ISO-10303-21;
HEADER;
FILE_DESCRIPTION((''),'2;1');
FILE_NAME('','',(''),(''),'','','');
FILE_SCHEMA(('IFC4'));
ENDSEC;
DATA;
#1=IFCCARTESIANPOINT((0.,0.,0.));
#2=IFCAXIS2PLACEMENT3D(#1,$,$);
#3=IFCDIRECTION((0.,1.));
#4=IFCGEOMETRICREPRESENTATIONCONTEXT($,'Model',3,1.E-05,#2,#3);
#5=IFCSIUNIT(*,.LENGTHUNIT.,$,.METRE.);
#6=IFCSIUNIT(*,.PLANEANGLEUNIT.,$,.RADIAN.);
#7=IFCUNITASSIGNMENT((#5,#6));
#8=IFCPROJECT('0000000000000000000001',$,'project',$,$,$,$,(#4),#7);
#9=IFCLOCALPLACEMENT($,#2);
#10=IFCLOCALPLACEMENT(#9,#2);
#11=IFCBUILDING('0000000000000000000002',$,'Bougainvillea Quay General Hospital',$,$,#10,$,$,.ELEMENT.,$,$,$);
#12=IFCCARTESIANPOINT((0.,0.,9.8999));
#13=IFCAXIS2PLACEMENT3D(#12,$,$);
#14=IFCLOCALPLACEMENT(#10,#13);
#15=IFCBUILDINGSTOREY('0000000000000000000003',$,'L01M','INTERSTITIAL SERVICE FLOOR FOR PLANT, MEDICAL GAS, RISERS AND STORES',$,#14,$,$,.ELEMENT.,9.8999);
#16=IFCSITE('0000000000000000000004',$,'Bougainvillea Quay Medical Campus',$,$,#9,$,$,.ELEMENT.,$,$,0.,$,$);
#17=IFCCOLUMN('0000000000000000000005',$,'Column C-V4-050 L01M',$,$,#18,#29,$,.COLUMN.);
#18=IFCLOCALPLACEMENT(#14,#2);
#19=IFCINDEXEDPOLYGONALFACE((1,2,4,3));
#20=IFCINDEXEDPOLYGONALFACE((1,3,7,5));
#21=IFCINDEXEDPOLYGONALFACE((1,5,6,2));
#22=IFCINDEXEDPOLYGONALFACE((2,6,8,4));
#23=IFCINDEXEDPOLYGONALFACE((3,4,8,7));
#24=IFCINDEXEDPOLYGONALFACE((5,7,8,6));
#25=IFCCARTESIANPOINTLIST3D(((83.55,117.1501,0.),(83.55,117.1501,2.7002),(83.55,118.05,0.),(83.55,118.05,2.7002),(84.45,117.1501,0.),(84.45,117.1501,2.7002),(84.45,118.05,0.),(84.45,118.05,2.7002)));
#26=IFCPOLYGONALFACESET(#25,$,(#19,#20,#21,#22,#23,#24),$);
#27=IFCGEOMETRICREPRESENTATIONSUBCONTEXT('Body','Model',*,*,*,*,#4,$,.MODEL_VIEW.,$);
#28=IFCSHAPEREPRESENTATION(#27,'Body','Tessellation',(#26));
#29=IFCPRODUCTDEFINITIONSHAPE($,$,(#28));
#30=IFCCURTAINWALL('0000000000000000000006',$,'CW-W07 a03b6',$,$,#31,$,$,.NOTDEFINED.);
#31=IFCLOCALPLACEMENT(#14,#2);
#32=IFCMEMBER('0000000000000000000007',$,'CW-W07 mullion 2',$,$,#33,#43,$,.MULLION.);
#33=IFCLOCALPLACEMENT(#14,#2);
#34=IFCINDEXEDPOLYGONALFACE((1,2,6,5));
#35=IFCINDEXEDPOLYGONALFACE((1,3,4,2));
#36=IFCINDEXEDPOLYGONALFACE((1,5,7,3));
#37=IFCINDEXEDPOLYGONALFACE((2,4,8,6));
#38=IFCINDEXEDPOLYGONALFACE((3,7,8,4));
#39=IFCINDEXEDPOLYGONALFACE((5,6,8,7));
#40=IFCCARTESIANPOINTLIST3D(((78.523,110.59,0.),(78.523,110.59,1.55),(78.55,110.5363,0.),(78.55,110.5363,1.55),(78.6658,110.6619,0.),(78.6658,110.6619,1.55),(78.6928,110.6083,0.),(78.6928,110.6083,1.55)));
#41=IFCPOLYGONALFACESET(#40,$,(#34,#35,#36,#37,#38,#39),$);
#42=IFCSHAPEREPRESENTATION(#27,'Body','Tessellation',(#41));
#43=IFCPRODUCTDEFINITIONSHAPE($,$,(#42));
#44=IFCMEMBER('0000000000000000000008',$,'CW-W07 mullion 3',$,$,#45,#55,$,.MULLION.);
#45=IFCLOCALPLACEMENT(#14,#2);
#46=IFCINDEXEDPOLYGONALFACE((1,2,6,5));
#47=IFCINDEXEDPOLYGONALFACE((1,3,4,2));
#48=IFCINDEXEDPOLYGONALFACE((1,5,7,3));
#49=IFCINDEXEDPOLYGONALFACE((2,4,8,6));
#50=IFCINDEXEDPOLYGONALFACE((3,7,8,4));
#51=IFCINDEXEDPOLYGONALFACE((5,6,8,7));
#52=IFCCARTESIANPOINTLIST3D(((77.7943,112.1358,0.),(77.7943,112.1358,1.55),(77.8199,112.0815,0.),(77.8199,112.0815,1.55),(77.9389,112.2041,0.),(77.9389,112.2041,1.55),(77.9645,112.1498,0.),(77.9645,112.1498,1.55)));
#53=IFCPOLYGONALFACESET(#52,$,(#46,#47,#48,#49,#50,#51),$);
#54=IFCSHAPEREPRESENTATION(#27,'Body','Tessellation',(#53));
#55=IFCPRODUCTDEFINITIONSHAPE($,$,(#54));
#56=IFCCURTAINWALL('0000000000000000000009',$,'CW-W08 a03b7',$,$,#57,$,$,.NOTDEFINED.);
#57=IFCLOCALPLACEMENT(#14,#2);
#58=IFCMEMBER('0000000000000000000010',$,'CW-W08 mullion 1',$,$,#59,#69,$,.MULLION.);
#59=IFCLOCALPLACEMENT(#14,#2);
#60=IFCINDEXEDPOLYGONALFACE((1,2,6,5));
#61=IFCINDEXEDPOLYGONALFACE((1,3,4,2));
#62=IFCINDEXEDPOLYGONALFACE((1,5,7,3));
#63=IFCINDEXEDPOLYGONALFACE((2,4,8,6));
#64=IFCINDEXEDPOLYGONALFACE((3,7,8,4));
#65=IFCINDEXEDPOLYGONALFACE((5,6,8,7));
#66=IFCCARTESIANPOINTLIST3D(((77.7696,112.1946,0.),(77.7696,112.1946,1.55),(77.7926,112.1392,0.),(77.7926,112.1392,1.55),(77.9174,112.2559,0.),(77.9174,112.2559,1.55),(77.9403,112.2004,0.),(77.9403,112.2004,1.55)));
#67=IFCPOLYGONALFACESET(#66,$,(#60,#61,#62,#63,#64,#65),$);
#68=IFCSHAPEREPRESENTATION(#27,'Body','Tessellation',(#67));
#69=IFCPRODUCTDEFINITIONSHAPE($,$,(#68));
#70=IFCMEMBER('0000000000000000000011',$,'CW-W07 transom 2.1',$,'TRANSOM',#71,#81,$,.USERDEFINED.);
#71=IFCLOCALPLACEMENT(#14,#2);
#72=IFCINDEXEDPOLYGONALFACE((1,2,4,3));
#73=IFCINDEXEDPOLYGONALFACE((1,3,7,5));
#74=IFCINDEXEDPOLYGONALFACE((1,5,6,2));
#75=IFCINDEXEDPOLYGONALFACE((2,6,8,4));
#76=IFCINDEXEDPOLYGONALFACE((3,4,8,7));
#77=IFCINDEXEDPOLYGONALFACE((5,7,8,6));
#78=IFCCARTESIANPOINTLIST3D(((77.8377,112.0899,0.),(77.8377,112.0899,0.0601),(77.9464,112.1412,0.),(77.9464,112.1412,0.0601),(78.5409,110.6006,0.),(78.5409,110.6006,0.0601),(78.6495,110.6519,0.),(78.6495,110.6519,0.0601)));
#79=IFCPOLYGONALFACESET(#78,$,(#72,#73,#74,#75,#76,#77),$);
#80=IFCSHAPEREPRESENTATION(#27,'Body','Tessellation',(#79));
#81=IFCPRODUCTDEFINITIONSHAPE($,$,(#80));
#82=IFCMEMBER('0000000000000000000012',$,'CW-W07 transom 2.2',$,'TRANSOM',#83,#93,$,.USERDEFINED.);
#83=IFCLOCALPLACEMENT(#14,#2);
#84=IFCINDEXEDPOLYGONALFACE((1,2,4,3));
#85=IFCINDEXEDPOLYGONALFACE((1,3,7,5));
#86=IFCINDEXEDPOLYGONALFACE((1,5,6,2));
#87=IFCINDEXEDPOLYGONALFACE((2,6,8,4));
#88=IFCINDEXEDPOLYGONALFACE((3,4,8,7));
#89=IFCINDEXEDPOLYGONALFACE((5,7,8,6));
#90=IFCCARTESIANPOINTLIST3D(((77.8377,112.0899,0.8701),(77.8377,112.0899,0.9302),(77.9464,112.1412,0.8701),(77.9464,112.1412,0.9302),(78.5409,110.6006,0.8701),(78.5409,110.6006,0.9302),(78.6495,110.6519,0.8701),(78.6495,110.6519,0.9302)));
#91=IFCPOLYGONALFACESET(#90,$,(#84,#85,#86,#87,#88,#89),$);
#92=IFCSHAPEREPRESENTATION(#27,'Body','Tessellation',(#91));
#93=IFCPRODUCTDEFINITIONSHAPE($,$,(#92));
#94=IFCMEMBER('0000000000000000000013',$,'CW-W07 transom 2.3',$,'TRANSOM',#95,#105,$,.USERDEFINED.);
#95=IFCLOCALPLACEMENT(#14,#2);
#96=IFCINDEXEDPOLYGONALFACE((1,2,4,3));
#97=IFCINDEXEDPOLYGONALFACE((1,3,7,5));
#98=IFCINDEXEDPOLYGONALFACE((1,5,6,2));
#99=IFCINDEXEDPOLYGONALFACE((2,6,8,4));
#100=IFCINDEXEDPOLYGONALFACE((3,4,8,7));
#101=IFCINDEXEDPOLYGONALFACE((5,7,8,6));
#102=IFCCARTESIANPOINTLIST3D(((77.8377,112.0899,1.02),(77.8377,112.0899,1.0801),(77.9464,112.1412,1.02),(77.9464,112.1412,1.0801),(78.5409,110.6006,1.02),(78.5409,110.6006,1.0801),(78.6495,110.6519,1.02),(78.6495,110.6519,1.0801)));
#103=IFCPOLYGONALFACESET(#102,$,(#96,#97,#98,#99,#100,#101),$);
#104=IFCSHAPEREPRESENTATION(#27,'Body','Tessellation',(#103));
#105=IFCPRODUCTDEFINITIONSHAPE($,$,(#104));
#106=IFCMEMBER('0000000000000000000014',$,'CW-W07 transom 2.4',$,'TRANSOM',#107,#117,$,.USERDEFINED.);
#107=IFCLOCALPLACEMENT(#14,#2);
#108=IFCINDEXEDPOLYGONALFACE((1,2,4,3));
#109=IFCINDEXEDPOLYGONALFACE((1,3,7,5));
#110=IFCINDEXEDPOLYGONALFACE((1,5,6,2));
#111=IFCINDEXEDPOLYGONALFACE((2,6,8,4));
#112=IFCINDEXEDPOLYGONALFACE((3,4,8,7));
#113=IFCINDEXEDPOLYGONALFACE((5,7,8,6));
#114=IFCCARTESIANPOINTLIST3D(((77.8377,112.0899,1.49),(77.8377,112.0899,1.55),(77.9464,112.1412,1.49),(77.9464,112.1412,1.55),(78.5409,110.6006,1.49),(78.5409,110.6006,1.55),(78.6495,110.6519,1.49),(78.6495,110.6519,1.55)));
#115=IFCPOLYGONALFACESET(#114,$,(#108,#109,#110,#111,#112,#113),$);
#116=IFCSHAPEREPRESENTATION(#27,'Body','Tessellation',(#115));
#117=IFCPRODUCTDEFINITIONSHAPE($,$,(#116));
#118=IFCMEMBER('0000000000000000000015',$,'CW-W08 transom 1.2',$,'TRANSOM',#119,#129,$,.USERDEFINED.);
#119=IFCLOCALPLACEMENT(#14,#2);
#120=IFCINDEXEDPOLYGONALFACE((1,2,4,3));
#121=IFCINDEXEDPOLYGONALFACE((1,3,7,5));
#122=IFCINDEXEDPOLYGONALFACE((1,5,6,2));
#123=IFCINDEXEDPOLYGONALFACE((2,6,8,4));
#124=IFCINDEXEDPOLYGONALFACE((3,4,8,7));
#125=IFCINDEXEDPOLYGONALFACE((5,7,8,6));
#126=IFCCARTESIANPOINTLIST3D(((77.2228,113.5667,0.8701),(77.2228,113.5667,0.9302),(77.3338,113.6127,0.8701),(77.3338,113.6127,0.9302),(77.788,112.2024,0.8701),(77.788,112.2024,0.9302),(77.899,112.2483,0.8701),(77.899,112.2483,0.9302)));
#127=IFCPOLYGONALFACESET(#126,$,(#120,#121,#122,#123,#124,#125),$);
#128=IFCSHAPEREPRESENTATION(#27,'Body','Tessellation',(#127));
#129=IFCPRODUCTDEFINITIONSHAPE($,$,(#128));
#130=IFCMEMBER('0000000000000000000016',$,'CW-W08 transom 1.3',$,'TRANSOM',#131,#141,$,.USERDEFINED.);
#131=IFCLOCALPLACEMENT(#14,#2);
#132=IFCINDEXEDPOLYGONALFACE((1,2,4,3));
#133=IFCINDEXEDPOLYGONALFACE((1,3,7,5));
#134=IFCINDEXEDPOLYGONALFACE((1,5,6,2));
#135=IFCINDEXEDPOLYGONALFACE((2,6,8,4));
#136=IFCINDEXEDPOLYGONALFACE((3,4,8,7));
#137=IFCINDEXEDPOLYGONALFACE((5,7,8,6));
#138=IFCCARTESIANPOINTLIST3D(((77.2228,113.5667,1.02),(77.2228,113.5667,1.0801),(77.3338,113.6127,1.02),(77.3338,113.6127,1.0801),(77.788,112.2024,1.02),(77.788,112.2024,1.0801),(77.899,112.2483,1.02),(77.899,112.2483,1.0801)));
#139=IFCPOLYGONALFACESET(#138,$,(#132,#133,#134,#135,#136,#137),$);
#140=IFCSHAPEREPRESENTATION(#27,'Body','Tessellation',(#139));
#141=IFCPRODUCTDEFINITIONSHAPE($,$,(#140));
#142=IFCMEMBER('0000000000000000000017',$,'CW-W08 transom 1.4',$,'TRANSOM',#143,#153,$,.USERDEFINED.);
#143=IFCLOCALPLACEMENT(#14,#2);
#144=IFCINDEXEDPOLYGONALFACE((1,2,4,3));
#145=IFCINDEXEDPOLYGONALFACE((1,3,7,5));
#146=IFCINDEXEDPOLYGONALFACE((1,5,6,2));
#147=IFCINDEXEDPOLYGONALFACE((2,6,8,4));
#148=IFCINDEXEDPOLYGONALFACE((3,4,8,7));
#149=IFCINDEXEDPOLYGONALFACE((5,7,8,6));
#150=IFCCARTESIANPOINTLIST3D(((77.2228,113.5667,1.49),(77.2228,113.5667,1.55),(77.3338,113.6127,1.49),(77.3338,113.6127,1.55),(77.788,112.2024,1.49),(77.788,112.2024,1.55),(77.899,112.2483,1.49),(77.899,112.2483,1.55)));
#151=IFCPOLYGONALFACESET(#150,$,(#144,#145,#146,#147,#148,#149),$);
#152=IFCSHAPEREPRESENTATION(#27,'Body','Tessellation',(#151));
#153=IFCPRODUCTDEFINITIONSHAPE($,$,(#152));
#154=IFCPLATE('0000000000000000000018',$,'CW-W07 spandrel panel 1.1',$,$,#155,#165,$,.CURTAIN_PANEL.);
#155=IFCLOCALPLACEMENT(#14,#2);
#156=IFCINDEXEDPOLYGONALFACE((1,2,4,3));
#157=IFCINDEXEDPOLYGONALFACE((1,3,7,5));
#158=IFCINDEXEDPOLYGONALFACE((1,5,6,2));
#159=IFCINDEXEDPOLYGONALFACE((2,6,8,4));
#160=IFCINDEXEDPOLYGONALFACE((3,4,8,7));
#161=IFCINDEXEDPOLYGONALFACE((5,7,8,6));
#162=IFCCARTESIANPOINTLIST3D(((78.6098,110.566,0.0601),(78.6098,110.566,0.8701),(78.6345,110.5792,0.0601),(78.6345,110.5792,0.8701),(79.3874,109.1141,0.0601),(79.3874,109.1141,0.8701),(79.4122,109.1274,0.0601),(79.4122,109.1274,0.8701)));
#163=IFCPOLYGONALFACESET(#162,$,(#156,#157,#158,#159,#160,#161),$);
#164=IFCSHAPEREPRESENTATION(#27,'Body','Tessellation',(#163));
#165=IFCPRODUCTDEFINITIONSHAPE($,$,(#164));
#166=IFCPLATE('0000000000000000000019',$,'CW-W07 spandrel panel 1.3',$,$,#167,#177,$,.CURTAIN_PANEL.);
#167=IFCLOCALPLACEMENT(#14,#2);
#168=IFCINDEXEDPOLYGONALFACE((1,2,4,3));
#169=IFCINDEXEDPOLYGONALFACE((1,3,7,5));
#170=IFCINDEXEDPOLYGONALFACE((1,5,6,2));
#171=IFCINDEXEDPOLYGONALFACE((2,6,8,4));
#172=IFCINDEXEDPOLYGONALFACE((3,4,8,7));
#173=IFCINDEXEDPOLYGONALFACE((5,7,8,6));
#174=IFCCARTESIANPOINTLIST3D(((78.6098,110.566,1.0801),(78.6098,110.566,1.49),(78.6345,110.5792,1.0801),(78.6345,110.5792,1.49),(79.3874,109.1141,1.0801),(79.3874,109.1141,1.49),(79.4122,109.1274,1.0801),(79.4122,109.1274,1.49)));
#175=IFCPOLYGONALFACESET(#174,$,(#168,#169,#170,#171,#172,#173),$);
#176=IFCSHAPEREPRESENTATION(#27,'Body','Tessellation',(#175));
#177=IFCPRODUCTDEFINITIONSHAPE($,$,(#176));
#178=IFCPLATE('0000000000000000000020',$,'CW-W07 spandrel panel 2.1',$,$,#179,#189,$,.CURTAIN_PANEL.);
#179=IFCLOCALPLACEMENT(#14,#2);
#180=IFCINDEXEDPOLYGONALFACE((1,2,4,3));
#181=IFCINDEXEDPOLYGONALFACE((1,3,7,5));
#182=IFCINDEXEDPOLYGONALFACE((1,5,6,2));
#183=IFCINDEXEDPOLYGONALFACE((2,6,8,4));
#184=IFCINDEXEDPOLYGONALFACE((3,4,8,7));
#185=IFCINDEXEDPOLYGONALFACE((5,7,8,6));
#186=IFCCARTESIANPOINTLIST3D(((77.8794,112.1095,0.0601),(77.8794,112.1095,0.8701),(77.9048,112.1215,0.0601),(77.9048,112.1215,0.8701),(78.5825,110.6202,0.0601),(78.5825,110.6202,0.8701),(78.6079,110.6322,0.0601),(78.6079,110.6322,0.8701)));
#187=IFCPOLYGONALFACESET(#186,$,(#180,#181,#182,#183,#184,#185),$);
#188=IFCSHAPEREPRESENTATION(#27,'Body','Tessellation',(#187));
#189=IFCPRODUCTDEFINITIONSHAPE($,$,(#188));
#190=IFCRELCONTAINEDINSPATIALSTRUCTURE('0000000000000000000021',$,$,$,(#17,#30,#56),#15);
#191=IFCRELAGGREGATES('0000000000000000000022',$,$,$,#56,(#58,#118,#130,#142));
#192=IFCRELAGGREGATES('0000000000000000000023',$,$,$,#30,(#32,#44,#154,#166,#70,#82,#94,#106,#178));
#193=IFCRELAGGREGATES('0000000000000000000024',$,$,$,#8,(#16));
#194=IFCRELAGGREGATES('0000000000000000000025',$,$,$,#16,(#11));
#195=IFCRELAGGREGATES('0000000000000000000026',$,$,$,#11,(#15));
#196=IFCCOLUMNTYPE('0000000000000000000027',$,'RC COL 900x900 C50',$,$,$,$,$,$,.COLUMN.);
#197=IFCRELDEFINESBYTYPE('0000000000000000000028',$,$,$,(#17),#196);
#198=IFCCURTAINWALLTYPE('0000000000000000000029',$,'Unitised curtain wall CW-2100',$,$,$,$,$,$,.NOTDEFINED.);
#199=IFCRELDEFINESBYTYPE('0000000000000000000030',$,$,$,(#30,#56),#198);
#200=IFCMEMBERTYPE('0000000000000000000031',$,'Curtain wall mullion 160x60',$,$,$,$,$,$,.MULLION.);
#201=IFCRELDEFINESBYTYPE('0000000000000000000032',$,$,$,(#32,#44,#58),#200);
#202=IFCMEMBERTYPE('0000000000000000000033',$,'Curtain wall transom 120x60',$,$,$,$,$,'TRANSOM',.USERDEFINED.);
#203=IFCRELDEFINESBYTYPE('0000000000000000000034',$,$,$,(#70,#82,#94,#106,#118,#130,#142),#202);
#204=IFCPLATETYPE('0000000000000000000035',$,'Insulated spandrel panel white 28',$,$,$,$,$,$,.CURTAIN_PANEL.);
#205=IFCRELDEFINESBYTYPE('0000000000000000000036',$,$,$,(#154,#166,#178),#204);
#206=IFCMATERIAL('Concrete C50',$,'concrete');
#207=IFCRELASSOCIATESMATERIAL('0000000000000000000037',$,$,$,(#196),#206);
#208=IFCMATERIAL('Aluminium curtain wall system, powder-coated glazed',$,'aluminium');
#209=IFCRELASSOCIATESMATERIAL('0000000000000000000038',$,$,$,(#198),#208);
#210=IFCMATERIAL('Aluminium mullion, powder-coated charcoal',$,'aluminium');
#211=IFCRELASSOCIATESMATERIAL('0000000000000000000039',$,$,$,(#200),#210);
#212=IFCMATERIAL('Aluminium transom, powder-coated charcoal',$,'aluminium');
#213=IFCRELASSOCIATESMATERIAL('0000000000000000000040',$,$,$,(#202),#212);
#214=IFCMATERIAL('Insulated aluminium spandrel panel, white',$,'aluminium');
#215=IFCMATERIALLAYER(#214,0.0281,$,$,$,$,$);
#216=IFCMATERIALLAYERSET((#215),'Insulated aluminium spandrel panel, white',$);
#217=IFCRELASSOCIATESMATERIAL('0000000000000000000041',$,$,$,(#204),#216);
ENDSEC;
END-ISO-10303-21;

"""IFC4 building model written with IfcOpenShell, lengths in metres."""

from ifc_helpers import new_model, si_unit, direction, frame, origin, origin_2d, place, context, subcontext, project, spatial, rectangle, extrude, material, layer, layer_set, material_profile, profile_set, type_object, element, aggregate, save


model = new_model("IFC4")

# Units and contexts
model_context = context("Model", 3, precision=1e-05, world=origin(), true_north=direction((0.0, 1.0)))
body_context = subcontext(model_context, "Body", "Model", "MODEL_VIEW")
ifc_project = project(units=[si_unit("LENGTHUNIT", "METRE"), si_unit("PLANEANGLEUNIT", "RADIAN")], contexts=[model_context])

# Site, building, storey
site_placement = place(None, origin())
site = spatial("IfcSite", under=ifc_project, at=site_placement, Name="Bougainvillea Quay Medical Campus", CompositionType="ELEMENT", RefElevation=0.0)
building_placement = place(site_placement, origin())
building = spatial("IfcBuilding", under=site, at=building_placement, Name="Bougainvillea Quay General Hospital", CompositionType="ELEMENT")
storey_placement = place(building_placement, frame((0.0, 0.0, 9.8999)))
storey = spatial("IfcBuildingStorey", under=building, at=storey_placement, Name="L01M", Description="INTERSTITIAL SERVICE FLOOR FOR PLANT, MEDICAL GAS, RISERS AND STORES", CompositionType="ELEMENT", Elevation=9.8999)

# Column
ifc_material_1 = material(Name="Concrete C50", Category="concrete")
ifc_material_profile_1 = material_profile(ifc_material_1, rectangle(XDim=0.8999, YDim=0.8999, at=origin_2d()))
ifc_profile_set_1 = profile_set([ifc_material_profile_1], Name="Concrete C50")
column_type = type_object("IfcColumnType", Name="RC COL 900x900 C50", PredefinedType="COLUMN", material=ifc_profile_set_1)
column_placement = place(storey_placement, frame((84.0, 117.6001, 0.0), z_axis=(0.0, 0.0, 1.0), x_axis=(1.0, 0.0, 0.0)))
element("IfcColumn", 1, at=column_placement, inside=storey, type_object=column_type, Name="Column C-V4-050 L01M", PredefinedType="COLUMN", context=body_context, shape_type="SweptSolid", body=[
    extrude(rectangle(XDim=0.8999, YDim=0.8999, at=origin_2d()), origin(), (0.0, 0.0, 1.0), 2.7002),
])

# Curtain wall, members
ifc_material_2 = material(Name="Aluminium curtain wall system, powder-coated glazed", Category="aluminium")
curtain_wall_type = type_object("IfcCurtainWallType", Name="Unitised curtain wall CW-2100", PredefinedType="NOTDEFINED", material=ifc_material_2)
curtain_wall_1_placement = place(storey_placement, origin())
curtain_wall_1 = element("IfcCurtainWall", 2, at=curtain_wall_1_placement, inside=storey, type_object=curtain_wall_type, Name="CW-W07 a03b6", PredefinedType="NOTDEFINED")
ifc_material_3 = material(Name="Aluminium mullion, powder-coated charcoal", Category="aluminium")
ifc_material_profile_2 = material_profile(ifc_material_3, rectangle(XDim=0.1599, YDim=0.0601, at=origin_2d()))
ifc_profile_set_2 = profile_set([ifc_material_profile_2], Name="Aluminium mullion, powder-coated charcoal")
member_type_1 = type_object("IfcMemberType", Name="Curtain wall mullion 160x60", PredefinedType="MULLION", material=ifc_profile_set_2)
member_1_placement = place(storey_placement, frame((78.6079, 110.5991, 0.0), z_axis=(0.0, 0.0, 1.0), x_axis=(-0.893199, -0.449662, 0.0)))
member_1 = element("IfcMember", 3, at=member_1_placement, type_object=member_type_1, Name="CW-W07 mullion 2", PredefinedType="MULLION", context=body_context, shape_type="SweptSolid", body=[
    extrude(rectangle(XDim=0.1599, YDim=0.0601, at=origin_2d()), origin(), (0.0, 0.0, 1.0), 1.55),
])
member_2_placement = place(storey_placement, frame((77.8794, 112.1428, 0.0), z_axis=(0.0, 0.0, 1.0), x_axis=(-0.904314, -0.426869, 0.0)))
member_2 = element("IfcMember", 4, at=member_2_placement, type_object=member_type_1, Name="CW-W07 mullion 3", PredefinedType="MULLION", context=body_context, shape_type="SweptSolid", body=[
    extrude(rectangle(XDim=0.1599, YDim=0.0601, at=origin_2d()), origin(), (0.0, 0.0, 1.0), 1.55),
])

# Curtain wall, member
curtain_wall_2_placement = place(storey_placement, origin())
curtain_wall_2 = element("IfcCurtainWall", 5, at=curtain_wall_2_placement, inside=storey, type_object=curtain_wall_type, Name="CW-W08 a03b7", PredefinedType="NOTDEFINED")
member_3_placement = place(storey_placement, frame((77.855, 112.1975, 0.0), z_axis=(0.0, 0.0, 1.0), x_axis=(-0.923843, -0.38277, 0.0)))
member_3 = element("IfcMember", 6, at=member_3_placement, type_object=member_type_1, Name="CW-W08 mullion 1", PredefinedType="MULLION", context=body_context, shape_type="SweptSolid", body=[
    extrude(rectangle(XDim=0.1599, YDim=0.0601, at=origin_2d()), origin(), (0.0, 0.0, 1.0), 1.55),
])

# Members
ifc_material_4 = material(Name="Aluminium transom, powder-coated charcoal", Category="aluminium")
ifc_material_profile_3 = material_profile(ifc_material_4, rectangle(XDim=0.1201, YDim=0.0601, at=origin_2d()))
ifc_profile_set_3 = profile_set([ifc_material_profile_3], Name="Aluminium transom, powder-coated charcoal")
member_type_2 = type_object("IfcMemberType", Name="Curtain wall transom 120x60", ElementType="TRANSOM", PredefinedType="USERDEFINED", material=ifc_profile_set_3)
member_4_placement = place(storey_placement, frame((78.5952, 110.6262, 0.03), z_axis=(-0.426939, 0.90428, 0.0), x_axis=(-0.90428, -0.426939, 0.0)))
member_4 = element("IfcMember", 7, at=member_4_placement, type_object=member_type_2, Name="CW-W07 transom 2.1", ObjectType="TRANSOM", PredefinedType="USERDEFINED", context=body_context, shape_type="SweptSolid", body=[
    extrude(rectangle(XDim=0.1201, YDim=0.0601, at=origin_2d()), origin(), (0.0, 0.0, 1.0), 1.647),
])
member_5_placement = place(storey_placement, frame((78.5952, 110.6262, 0.9001), z_axis=(-0.426939, 0.90428, 0.0), x_axis=(-0.90428, -0.426939, 0.0)))
member_5 = element("IfcMember", 8, at=member_5_placement, type_object=member_type_2, Name="CW-W07 transom 2.2", ObjectType="TRANSOM", PredefinedType="USERDEFINED", context=body_context, shape_type="SweptSolid", body=[
    extrude(rectangle(XDim=0.1201, YDim=0.0601, at=origin_2d()), origin(), (0.0, 0.0, 1.0), 1.647),
])
member_6_placement = place(storey_placement, frame((78.5952, 110.6262, 1.05), z_axis=(-0.426939, 0.90428, 0.0), x_axis=(-0.90428, -0.426939, 0.0)))
member_6 = element("IfcMember", 9, at=member_6_placement, type_object=member_type_2, Name="CW-W07 transom 2.3", ObjectType="TRANSOM", PredefinedType="USERDEFINED", context=body_context, shape_type="SweptSolid", body=[
    extrude(rectangle(XDim=0.1201, YDim=0.0601, at=origin_2d()), origin(), (0.0, 0.0, 1.0), 1.647),
])
member_7_placement = place(storey_placement, frame((78.5952, 110.6262, 1.52), z_axis=(-0.426939, 0.90428, 0.0), x_axis=(-0.90428, -0.426939, 0.0)))
member_7 = element("IfcMember", 10, at=member_7_placement, type_object=member_type_2, Name="CW-W07 transom 2.4", ObjectType="TRANSOM", PredefinedType="USERDEFINED", context=body_context, shape_type="SweptSolid", body=[
    extrude(rectangle(XDim=0.1201, YDim=0.0601, at=origin_2d()), origin(), (0.0, 0.0, 1.0), 1.647),
])
member_8_placement = place(storey_placement, frame((77.8435, 112.2253, 0.9001), z_axis=(-0.382736, 0.923858, 0.0), x_axis=(-0.923858, -0.382736, 0.0)))
member_8 = element("IfcMember", 11, at=member_8_placement, type_object=member_type_2, Name="CW-W08 transom 1.2", ObjectType="TRANSOM", PredefinedType="USERDEFINED", context=body_context, shape_type="SweptSolid", body=[
    extrude(rectangle(XDim=0.1201, YDim=0.0601, at=origin_2d()), origin(), (0.0, 0.0, 1.0), 1.4768),
])
member_9_placement = place(storey_placement, frame((77.8435, 112.2253, 1.05), z_axis=(-0.382736, 0.923858, 0.0), x_axis=(-0.923858, -0.382736, 0.0)))
member_9 = element("IfcMember", 12, at=member_9_placement, type_object=member_type_2, Name="CW-W08 transom 1.3", ObjectType="TRANSOM", PredefinedType="USERDEFINED", context=body_context, shape_type="SweptSolid", body=[
    extrude(rectangle(XDim=0.1201, YDim=0.0601, at=origin_2d()), origin(), (0.0, 0.0, 1.0), 1.4768),
])
member_10_placement = place(storey_placement, frame((77.8435, 112.2253, 1.52), z_axis=(-0.382736, 0.923858, 0.0), x_axis=(-0.923858, -0.382736, 0.0)))
member_10 = element("IfcMember", 13, at=member_10_placement, type_object=member_type_2, Name="CW-W08 transom 1.4", ObjectType="TRANSOM", PredefinedType="USERDEFINED", context=body_context, shape_type="SweptSolid", body=[
    extrude(rectangle(XDim=0.1201, YDim=0.0601, at=origin_2d()), origin(), (0.0, 0.0, 1.0), 1.4768),
])
aggregate(curtain_wall_2, [member_3, member_8, member_9, member_10])

# Plates
ifc_material_5 = material(Name="Insulated aluminium spandrel panel, white", Category="aluminium")
ifc_layer_1 = layer(ifc_material_5, 0.0281)
ifc_layer_set_1 = layer_set([ifc_layer_1], Name="Insulated aluminium spandrel panel, white")
plate_type_1 = type_object("IfcPlateType", Name="Insulated spandrel panel white 28", PredefinedType="CURTAIN_PANEL", material=ifc_layer_set_1)
plate_1_placement = place(storey_placement, frame((79.011, 109.8467, 0.0601), z_axis=(0.0, 0.0, 1.0), x_axis=(-0.472166, 0.88151, 0.0)))
plate_1 = element("IfcPlate", 14, at=plate_1_placement, type_object=plate_type_1, Name="CW-W07 spandrel panel 1.1", PredefinedType="CURTAIN_PANEL", context=body_context, shape_type="SweptSolid", body=[
    extrude(rectangle(XDim=1.647, YDim=0.0281, at=origin_2d()), origin(), (0.0, 0.0, 1.0), 0.8101),
])
plate_2_placement = place(storey_placement, frame((79.011, 109.8467, 1.0801), z_axis=(0.0, 0.0, 1.0), x_axis=(-0.472166, 0.88151, 0.0)))
plate_2 = element("IfcPlate", 15, at=plate_2_placement, type_object=plate_type_1, Name="CW-W07 spandrel panel 1.3", PredefinedType="CURTAIN_PANEL", context=body_context, shape_type="SweptSolid", body=[
    extrude(rectangle(XDim=1.647, YDim=0.0281, at=origin_2d()), origin(), (0.0, 0.0, 1.0), 0.4099),
])
plate_3_placement = place(storey_placement, frame((78.2437, 111.3708, 0.0601), z_axis=(0.0, 0.0, 1.0), x_axis=(-0.426869, 0.904314, 0.0)))
plate_3 = element("IfcPlate", 16, at=plate_3_placement, type_object=plate_type_1, Name="CW-W07 spandrel panel 2.1", PredefinedType="CURTAIN_PANEL", context=body_context, shape_type="SweptSolid", body=[
    extrude(rectangle(XDim=1.647, YDim=0.0281, at=origin_2d()), origin(), (0.0, 0.0, 1.0), 0.8101),
])
aggregate(curtain_wall_1, [member_1, member_2, plate_1, plate_2, member_4, member_5, member_6, member_7, plate_3])

save(model, "model.ifc")
